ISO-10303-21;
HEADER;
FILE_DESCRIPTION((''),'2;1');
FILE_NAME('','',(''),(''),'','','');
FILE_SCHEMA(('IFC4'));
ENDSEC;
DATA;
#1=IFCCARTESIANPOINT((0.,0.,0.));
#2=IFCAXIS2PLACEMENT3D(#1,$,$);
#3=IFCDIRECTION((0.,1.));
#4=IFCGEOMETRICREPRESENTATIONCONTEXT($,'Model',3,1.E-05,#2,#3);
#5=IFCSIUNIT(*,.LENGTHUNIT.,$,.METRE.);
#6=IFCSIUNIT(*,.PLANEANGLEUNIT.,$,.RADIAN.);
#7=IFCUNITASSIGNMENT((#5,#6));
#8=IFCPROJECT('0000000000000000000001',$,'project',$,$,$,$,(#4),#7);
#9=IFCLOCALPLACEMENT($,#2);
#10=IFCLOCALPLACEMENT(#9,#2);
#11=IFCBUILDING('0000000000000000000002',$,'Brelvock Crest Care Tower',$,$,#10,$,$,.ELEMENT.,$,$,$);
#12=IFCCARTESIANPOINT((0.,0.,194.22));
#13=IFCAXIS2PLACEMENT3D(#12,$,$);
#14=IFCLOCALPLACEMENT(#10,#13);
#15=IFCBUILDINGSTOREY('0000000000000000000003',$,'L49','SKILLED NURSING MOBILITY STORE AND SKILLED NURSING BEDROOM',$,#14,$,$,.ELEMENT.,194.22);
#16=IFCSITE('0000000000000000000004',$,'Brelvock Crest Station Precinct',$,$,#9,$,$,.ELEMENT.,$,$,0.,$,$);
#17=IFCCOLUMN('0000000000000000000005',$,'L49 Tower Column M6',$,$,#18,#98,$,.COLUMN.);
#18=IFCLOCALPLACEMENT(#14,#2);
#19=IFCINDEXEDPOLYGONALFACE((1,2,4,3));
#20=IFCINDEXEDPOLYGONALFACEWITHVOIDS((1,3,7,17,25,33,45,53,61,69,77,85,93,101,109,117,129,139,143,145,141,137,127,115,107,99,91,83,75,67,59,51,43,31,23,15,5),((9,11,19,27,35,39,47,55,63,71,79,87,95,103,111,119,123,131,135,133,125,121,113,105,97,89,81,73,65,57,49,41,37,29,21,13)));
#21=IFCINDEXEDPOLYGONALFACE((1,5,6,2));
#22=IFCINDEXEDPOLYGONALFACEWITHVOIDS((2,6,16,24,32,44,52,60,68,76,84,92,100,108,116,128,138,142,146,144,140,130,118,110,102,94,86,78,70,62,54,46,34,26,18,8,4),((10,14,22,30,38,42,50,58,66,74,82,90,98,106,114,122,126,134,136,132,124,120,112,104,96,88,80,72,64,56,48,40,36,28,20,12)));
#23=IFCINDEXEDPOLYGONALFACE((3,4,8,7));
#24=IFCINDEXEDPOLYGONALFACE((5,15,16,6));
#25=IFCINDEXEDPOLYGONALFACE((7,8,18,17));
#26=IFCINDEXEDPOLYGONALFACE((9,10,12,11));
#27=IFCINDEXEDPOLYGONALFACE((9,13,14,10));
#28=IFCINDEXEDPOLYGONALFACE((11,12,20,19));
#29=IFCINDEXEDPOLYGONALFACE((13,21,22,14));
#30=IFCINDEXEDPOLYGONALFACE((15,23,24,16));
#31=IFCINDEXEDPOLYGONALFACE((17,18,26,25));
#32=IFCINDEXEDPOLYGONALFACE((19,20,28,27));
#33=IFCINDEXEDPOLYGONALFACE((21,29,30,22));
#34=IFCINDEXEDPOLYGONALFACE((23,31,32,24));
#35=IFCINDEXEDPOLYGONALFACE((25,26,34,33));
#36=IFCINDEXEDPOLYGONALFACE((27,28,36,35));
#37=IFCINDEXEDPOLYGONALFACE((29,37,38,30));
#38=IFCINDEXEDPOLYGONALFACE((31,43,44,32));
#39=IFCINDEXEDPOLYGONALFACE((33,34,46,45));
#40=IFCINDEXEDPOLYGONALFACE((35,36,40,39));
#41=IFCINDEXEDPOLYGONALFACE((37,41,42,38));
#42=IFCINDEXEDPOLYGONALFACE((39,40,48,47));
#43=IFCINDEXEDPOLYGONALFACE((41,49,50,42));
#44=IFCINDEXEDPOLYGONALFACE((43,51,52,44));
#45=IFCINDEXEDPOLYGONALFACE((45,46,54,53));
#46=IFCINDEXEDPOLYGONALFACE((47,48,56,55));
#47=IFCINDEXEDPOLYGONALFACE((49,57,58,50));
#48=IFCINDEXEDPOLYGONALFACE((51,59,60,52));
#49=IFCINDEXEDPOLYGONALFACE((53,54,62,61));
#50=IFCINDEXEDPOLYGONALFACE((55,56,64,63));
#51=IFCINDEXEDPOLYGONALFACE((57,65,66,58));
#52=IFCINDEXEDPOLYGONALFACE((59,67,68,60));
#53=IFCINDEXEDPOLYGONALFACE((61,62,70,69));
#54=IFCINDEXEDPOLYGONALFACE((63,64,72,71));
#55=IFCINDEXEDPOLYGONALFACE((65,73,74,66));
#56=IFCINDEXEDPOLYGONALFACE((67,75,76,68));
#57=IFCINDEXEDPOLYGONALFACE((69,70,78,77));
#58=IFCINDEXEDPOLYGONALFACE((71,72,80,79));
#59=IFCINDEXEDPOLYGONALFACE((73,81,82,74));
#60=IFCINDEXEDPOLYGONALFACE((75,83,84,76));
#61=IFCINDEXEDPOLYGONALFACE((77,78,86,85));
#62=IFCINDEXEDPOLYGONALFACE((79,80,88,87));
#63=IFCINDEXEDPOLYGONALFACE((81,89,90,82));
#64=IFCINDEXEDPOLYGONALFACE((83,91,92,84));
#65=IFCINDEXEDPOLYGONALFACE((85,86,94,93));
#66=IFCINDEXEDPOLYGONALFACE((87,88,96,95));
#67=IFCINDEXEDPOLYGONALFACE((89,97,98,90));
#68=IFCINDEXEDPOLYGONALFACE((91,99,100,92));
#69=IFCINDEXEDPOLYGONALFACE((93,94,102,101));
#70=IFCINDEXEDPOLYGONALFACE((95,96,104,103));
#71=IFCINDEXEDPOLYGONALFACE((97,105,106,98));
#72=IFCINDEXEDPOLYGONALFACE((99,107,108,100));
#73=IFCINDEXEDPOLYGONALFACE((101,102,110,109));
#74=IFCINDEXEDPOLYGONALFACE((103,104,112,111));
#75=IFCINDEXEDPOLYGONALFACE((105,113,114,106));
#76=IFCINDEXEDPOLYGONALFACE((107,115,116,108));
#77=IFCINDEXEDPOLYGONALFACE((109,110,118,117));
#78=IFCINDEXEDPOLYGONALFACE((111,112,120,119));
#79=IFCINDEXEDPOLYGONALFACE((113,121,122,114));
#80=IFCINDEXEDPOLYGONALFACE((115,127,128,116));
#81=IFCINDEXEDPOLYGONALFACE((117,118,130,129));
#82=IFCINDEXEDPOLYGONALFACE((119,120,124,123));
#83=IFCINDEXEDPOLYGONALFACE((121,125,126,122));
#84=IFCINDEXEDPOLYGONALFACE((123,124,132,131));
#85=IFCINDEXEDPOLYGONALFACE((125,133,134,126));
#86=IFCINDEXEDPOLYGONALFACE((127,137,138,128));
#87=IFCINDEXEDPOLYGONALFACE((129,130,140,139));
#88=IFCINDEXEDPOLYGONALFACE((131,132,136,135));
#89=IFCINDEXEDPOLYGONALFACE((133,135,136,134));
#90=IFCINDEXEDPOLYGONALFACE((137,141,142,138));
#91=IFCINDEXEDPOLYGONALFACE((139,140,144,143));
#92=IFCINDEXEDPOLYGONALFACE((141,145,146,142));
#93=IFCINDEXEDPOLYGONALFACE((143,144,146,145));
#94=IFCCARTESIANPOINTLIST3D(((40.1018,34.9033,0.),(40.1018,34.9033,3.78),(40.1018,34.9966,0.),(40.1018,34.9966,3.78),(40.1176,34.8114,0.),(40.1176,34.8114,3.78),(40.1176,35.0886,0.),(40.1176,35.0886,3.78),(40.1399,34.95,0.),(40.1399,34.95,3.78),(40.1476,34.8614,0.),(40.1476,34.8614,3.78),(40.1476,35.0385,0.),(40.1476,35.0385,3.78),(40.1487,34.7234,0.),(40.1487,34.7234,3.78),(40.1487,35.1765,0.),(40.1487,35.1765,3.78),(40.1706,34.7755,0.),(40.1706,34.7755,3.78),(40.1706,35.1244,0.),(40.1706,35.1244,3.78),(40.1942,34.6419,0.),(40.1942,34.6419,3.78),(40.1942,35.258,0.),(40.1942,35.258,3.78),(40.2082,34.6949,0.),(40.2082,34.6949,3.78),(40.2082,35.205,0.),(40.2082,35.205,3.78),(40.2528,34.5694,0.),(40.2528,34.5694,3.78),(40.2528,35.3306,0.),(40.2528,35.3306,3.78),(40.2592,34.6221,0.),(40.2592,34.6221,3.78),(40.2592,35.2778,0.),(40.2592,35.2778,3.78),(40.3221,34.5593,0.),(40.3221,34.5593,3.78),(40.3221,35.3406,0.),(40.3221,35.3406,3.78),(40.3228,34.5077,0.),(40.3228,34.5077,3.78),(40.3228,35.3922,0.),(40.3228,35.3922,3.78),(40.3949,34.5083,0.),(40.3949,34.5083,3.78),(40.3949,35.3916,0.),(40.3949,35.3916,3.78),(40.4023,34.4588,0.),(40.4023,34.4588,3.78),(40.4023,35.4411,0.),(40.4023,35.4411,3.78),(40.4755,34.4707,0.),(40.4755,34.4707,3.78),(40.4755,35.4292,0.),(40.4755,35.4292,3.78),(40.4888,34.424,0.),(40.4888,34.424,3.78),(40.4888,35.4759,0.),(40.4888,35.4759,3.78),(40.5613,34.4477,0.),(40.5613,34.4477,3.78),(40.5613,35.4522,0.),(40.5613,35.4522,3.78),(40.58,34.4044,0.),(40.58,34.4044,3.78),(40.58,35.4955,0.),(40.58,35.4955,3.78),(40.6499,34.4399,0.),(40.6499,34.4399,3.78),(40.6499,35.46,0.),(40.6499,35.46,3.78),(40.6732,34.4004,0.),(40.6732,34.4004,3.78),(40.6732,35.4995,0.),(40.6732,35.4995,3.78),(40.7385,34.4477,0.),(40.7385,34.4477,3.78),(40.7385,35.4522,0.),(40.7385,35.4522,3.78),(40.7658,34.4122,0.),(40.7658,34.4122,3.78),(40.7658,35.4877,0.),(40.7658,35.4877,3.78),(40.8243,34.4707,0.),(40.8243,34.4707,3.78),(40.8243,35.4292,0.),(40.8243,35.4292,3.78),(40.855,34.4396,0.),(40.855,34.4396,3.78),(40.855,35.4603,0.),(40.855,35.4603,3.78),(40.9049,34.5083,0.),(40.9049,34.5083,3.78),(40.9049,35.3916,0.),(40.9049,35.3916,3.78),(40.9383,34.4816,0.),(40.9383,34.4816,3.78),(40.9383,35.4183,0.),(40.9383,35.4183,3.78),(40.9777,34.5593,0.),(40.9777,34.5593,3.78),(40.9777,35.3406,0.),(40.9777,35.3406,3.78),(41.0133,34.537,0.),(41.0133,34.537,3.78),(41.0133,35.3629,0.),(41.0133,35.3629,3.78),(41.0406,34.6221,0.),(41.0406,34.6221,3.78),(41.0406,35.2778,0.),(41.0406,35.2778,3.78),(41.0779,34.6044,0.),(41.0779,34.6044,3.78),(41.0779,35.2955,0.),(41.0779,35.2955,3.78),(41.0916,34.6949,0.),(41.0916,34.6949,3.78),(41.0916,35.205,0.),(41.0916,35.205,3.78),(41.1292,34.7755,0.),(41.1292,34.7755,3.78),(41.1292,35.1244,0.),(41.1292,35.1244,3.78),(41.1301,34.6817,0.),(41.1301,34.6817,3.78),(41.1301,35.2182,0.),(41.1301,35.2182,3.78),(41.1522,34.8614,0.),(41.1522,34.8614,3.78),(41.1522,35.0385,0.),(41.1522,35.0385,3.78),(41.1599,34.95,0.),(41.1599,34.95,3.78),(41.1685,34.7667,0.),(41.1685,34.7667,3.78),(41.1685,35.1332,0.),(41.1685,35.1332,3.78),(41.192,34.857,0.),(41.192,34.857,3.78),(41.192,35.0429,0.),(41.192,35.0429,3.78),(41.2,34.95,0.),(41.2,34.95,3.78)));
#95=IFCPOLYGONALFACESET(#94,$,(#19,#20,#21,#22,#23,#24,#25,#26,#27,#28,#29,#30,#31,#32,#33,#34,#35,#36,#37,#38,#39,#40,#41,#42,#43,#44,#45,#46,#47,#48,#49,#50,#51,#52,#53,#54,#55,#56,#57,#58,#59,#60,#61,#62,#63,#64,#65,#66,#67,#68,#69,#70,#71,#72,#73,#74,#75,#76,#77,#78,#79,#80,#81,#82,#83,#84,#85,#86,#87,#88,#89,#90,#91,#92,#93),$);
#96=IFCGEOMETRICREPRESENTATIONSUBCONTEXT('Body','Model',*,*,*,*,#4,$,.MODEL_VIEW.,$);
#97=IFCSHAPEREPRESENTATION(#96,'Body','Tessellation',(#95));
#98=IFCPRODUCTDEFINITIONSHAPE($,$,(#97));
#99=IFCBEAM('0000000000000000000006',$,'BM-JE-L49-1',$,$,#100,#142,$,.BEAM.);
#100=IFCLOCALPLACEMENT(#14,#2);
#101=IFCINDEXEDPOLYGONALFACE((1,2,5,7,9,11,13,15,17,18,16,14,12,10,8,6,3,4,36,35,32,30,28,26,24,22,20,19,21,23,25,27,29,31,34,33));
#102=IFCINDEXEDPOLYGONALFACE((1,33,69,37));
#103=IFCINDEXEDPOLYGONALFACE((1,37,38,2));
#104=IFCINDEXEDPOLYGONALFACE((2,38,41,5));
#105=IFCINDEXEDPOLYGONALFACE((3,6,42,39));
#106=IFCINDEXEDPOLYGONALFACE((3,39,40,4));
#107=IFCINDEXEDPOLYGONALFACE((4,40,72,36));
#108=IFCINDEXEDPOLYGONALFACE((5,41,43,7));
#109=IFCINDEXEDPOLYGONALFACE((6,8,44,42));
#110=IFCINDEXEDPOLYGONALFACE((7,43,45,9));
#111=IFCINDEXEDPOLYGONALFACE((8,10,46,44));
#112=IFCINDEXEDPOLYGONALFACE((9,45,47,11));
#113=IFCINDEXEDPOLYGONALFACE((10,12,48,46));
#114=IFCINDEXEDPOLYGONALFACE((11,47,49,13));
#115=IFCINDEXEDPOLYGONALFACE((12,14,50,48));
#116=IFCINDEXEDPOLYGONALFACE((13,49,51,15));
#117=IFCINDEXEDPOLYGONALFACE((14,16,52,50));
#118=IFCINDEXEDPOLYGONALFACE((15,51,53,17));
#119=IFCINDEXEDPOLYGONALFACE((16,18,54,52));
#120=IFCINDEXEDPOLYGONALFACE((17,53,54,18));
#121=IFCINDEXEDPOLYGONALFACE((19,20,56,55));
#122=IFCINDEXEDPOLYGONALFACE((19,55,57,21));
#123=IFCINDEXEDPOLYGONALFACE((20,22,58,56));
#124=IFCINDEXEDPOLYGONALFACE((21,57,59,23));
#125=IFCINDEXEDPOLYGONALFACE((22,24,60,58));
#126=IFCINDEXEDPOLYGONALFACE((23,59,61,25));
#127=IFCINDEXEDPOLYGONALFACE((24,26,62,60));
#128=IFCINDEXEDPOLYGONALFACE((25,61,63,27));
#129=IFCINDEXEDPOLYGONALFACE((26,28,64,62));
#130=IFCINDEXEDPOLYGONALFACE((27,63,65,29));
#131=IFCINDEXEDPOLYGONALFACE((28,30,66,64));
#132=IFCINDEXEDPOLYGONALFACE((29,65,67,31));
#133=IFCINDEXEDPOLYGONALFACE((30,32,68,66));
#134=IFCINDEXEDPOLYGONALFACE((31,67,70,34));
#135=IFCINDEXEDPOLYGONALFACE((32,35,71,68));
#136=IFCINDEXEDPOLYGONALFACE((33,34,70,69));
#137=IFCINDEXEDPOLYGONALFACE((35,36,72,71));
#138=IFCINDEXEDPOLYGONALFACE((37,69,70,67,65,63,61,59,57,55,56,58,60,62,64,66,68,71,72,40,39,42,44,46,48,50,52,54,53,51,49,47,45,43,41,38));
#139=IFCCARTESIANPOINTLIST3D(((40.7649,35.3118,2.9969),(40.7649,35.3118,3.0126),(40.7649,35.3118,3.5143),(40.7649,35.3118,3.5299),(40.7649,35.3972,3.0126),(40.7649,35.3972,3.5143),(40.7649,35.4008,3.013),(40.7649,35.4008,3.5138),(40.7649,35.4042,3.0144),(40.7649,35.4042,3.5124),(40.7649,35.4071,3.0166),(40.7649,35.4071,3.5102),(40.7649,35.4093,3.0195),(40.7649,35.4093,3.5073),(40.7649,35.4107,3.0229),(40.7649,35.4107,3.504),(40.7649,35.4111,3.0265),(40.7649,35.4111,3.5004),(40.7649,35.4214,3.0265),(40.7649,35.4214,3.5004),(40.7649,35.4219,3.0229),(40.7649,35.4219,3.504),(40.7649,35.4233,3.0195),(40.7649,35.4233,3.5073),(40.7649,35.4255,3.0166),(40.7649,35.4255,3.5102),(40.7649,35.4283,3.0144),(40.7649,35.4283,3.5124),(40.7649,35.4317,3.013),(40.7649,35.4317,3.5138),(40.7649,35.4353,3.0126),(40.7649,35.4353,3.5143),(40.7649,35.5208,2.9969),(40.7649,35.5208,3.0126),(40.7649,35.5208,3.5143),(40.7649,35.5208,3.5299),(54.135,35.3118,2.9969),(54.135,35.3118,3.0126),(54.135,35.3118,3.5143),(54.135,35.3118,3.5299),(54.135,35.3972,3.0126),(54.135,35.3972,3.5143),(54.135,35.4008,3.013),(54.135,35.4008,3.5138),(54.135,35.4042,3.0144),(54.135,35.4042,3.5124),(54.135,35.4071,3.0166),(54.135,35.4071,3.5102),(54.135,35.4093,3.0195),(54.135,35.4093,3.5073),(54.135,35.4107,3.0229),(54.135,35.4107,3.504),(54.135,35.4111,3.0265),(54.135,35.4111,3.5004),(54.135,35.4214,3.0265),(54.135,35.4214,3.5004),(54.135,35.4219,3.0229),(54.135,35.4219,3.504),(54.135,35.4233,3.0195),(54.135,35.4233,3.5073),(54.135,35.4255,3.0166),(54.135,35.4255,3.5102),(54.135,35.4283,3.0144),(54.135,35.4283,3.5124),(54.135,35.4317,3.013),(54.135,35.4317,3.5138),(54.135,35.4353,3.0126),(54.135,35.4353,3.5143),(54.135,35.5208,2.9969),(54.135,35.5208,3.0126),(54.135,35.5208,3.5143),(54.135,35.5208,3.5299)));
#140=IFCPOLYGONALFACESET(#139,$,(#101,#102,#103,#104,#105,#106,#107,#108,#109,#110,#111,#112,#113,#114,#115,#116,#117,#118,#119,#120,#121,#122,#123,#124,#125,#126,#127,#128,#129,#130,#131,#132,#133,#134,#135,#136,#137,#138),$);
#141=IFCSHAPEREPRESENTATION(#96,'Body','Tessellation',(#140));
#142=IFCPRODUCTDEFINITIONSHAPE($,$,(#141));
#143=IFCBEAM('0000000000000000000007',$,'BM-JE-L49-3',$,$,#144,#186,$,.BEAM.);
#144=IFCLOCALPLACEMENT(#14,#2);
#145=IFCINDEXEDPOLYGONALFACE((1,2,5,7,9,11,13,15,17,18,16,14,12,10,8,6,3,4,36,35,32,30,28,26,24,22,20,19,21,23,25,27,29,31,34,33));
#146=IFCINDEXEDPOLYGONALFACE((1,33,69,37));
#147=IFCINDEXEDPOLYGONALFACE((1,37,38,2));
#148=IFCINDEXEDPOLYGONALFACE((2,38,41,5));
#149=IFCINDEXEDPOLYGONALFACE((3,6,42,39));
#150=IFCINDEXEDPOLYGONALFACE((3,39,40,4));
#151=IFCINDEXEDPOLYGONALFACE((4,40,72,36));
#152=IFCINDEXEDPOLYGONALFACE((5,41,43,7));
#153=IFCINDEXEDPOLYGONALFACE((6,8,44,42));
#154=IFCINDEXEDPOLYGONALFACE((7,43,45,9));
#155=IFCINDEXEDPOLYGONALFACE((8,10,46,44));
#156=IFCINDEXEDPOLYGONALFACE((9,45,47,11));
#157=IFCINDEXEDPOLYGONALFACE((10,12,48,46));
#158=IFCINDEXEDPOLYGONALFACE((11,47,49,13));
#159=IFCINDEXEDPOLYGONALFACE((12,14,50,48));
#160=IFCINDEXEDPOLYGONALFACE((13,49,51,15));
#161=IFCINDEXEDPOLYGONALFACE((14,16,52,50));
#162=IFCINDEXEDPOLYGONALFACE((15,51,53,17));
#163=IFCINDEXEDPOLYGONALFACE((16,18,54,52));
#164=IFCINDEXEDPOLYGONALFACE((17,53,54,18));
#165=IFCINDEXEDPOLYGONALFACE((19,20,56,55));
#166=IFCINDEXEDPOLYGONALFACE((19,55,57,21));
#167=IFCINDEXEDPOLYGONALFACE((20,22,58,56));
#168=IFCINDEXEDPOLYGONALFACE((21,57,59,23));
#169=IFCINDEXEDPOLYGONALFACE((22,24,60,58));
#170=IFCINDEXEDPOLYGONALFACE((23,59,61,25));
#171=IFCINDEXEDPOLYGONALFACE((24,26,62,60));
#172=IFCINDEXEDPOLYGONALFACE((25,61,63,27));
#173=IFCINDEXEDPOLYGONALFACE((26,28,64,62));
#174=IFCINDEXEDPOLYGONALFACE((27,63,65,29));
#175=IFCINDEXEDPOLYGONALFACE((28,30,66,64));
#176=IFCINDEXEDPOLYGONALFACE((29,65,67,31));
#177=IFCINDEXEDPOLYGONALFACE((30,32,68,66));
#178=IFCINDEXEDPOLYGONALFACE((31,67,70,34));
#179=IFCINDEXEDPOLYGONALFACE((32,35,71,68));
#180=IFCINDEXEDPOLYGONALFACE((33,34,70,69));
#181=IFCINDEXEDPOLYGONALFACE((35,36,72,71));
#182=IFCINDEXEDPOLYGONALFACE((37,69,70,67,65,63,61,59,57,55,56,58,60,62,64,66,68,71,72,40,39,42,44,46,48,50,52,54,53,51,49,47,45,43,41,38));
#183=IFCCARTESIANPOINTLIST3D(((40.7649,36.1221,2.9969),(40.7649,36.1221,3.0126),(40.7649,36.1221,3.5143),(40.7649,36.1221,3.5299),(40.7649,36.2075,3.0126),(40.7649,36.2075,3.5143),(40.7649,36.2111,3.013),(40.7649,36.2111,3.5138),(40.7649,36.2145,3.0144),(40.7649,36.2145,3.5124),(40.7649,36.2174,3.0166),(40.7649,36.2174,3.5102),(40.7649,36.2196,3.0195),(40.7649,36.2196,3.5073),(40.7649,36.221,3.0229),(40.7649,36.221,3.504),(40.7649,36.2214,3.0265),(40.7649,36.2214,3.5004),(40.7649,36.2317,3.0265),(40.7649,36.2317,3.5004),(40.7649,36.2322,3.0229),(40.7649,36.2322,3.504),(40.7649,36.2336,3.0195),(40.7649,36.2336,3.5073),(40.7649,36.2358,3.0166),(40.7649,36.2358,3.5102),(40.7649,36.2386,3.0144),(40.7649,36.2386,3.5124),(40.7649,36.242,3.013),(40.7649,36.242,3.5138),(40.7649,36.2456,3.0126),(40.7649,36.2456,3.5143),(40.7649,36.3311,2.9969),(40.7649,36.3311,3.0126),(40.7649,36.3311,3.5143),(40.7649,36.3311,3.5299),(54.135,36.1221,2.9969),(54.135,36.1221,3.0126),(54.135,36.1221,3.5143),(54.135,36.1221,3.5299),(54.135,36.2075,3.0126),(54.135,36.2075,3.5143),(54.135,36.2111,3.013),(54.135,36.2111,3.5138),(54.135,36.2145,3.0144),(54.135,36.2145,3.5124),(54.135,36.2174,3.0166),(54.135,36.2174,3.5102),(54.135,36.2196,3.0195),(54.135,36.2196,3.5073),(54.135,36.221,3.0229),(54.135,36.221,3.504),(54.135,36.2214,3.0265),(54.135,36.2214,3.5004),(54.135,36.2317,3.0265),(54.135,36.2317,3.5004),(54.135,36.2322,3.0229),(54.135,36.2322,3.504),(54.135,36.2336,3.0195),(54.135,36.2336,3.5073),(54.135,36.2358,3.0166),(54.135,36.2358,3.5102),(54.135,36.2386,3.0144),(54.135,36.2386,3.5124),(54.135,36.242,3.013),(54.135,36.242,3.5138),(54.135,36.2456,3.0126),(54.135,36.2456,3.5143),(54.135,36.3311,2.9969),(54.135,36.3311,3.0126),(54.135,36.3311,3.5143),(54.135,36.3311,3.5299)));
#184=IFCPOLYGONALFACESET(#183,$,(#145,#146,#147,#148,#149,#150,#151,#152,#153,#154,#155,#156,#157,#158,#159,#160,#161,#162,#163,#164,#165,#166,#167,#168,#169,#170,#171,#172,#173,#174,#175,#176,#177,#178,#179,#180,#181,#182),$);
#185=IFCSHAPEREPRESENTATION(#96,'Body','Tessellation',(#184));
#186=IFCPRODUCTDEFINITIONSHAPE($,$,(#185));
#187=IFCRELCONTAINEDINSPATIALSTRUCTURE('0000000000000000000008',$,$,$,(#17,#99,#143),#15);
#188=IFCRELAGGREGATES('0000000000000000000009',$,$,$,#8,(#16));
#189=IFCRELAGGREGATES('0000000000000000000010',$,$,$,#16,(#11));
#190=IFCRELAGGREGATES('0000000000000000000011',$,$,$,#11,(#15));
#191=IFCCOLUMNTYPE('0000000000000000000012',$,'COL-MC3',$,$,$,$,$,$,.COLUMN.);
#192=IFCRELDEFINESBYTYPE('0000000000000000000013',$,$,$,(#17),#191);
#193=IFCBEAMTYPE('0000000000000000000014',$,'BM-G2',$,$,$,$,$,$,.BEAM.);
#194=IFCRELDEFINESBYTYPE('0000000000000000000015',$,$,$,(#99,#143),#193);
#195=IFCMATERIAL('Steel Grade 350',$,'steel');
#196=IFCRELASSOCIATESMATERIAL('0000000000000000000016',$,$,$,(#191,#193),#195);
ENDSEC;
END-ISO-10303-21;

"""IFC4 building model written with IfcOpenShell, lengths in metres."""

from ifc_helpers import new_model, si_unit, direction, frame, origin, origin_2d, place, context, subcontext, project, spatial, hollow_circle, i_section, extrude, source, transform, mapped, material, material_profile, profile_set, type_object, element, save


model = new_model("IFC4")

# Units and contexts
model_context = context("Model", 3, precision=1e-05, world=origin(), true_north=direction((0.0, 1.0)))
body_context = subcontext(model_context, "Body", "Model", "MODEL_VIEW")
ifc_project = project(units=[si_unit("LENGTHUNIT", "METRE"), si_unit("PLANEANGLEUNIT", "RADIAN")], contexts=[model_context])

# Site, building, storey
site_placement = place(None, origin())
site = spatial("IfcSite", under=ifc_project, at=site_placement, Name="Brelvock Crest Station Precinct", CompositionType="ELEMENT", RefElevation=0.0)
building_placement = place(site_placement, origin())
building = spatial("IfcBuilding", under=site, at=building_placement, Name="Brelvock Crest Care Tower", CompositionType="ELEMENT")
storey_placement = place(building_placement, frame((0.0, 0.0, 194.22)))
storey = spatial("IfcBuildingStorey", under=building, at=storey_placement, Name="L49", Description="SKILLED NURSING MOBILITY STORE AND SKILLED NURSING BEDROOM", CompositionType="ELEMENT", Elevation=194.22)

# Column
ifc_material_1 = material(Name="Steel Grade 350", Category="steel")
ifc_material_profile_1 = material_profile(ifc_material_1, hollow_circle(Radius=0.55, WallThickness=0.04, at=origin_2d()), Name="CFT1100x40")
ifc_profile_set_1 = profile_set([ifc_material_profile_1], Name="Steel Grade 350")
column_type = type_object("IfcColumnType", Name="COL-MC3", PredefinedType="COLUMN", material=ifc_profile_set_1)
shared_shape_1 = source(origin(), body_context, "Body", "SweptSolid", [
    extrude(hollow_circle(Radius=0.55, WallThickness=0.04, at=origin_2d()), origin(), (0.0, 0.0, 1.0), 3.78),
])
column_placement = place(storey_placement, frame((40.6499, 34.95, 0.0), z_axis=(0.0, 0.0, 1.0), x_axis=(1.0, 0.0, 0.0)))
element("IfcColumn", 1, at=column_placement, inside=storey, type_object=column_type, Name="L49 Tower Column M6", PredefinedType="COLUMN", context=body_context, shape_type="MappedRepresentation", body=[
    mapped(shared_shape_1, transform((0.0, 0.0, 0.0), x_axis=(1.0, 0.0, 0.0), y_axis=(0.0, 1.0, 0.0), z_axis=(0.0, 0.0, 1.0), scale=1.0)),
])

# Beams
ifc_material_profile_2 = material_profile(ifc_material_1, i_section(OverallWidth=0.209, OverallDepth=0.533, WebThickness=0.0103, FlangeThickness=0.0156, FilletRadius=0.0139, at=origin_2d()), Name="530UB92.4")
ifc_profile_set_2 = profile_set([ifc_material_profile_2], Name="Steel Grade 350")
beam_type_1 = type_object("IfcBeamType", Name="BM-G2", PredefinedType="BEAM", material=ifc_profile_set_2)
shared_shape_2 = source(origin(), body_context, "Body", "SweptSolid", [
    extrude(i_section(OverallWidth=0.209, OverallDepth=0.533, WebThickness=0.0103, FlangeThickness=0.0156, FilletRadius=0.0139, at=origin_2d()), origin(), (0.0, 0.0, 1.0), 13.3701),
])
for number, where, z_axis, x_axis, name in (
    (2, (40.7649, 35.4163, 3.2634), (1.0, 0.0, 0.0), (0.0, 1.0, 0.0), "BM-JE-L49-1"),
    (3, (40.7649, 36.2266, 3.2634), (1.0, 0.0, 0.0), (0.0, 1.0, 0.0), "BM-JE-L49-3"),
):
    element("IfcBeam", number, at=place(storey_placement, frame(where, z_axis=z_axis, x_axis=x_axis)), inside=storey, type_object=beam_type_1, Name=name, PredefinedType="BEAM", context=body_context, shape_type="MappedRepresentation", body=[
        mapped(shared_shape_2, transform((0.0, 0.0, 0.0), x_axis=(1.0, 0.0, 0.0), y_axis=(0.0, 1.0, 0.0), z_axis=(0.0, 0.0, 1.0), scale=1.0)),
    ])

save(model, "model.ifc")
